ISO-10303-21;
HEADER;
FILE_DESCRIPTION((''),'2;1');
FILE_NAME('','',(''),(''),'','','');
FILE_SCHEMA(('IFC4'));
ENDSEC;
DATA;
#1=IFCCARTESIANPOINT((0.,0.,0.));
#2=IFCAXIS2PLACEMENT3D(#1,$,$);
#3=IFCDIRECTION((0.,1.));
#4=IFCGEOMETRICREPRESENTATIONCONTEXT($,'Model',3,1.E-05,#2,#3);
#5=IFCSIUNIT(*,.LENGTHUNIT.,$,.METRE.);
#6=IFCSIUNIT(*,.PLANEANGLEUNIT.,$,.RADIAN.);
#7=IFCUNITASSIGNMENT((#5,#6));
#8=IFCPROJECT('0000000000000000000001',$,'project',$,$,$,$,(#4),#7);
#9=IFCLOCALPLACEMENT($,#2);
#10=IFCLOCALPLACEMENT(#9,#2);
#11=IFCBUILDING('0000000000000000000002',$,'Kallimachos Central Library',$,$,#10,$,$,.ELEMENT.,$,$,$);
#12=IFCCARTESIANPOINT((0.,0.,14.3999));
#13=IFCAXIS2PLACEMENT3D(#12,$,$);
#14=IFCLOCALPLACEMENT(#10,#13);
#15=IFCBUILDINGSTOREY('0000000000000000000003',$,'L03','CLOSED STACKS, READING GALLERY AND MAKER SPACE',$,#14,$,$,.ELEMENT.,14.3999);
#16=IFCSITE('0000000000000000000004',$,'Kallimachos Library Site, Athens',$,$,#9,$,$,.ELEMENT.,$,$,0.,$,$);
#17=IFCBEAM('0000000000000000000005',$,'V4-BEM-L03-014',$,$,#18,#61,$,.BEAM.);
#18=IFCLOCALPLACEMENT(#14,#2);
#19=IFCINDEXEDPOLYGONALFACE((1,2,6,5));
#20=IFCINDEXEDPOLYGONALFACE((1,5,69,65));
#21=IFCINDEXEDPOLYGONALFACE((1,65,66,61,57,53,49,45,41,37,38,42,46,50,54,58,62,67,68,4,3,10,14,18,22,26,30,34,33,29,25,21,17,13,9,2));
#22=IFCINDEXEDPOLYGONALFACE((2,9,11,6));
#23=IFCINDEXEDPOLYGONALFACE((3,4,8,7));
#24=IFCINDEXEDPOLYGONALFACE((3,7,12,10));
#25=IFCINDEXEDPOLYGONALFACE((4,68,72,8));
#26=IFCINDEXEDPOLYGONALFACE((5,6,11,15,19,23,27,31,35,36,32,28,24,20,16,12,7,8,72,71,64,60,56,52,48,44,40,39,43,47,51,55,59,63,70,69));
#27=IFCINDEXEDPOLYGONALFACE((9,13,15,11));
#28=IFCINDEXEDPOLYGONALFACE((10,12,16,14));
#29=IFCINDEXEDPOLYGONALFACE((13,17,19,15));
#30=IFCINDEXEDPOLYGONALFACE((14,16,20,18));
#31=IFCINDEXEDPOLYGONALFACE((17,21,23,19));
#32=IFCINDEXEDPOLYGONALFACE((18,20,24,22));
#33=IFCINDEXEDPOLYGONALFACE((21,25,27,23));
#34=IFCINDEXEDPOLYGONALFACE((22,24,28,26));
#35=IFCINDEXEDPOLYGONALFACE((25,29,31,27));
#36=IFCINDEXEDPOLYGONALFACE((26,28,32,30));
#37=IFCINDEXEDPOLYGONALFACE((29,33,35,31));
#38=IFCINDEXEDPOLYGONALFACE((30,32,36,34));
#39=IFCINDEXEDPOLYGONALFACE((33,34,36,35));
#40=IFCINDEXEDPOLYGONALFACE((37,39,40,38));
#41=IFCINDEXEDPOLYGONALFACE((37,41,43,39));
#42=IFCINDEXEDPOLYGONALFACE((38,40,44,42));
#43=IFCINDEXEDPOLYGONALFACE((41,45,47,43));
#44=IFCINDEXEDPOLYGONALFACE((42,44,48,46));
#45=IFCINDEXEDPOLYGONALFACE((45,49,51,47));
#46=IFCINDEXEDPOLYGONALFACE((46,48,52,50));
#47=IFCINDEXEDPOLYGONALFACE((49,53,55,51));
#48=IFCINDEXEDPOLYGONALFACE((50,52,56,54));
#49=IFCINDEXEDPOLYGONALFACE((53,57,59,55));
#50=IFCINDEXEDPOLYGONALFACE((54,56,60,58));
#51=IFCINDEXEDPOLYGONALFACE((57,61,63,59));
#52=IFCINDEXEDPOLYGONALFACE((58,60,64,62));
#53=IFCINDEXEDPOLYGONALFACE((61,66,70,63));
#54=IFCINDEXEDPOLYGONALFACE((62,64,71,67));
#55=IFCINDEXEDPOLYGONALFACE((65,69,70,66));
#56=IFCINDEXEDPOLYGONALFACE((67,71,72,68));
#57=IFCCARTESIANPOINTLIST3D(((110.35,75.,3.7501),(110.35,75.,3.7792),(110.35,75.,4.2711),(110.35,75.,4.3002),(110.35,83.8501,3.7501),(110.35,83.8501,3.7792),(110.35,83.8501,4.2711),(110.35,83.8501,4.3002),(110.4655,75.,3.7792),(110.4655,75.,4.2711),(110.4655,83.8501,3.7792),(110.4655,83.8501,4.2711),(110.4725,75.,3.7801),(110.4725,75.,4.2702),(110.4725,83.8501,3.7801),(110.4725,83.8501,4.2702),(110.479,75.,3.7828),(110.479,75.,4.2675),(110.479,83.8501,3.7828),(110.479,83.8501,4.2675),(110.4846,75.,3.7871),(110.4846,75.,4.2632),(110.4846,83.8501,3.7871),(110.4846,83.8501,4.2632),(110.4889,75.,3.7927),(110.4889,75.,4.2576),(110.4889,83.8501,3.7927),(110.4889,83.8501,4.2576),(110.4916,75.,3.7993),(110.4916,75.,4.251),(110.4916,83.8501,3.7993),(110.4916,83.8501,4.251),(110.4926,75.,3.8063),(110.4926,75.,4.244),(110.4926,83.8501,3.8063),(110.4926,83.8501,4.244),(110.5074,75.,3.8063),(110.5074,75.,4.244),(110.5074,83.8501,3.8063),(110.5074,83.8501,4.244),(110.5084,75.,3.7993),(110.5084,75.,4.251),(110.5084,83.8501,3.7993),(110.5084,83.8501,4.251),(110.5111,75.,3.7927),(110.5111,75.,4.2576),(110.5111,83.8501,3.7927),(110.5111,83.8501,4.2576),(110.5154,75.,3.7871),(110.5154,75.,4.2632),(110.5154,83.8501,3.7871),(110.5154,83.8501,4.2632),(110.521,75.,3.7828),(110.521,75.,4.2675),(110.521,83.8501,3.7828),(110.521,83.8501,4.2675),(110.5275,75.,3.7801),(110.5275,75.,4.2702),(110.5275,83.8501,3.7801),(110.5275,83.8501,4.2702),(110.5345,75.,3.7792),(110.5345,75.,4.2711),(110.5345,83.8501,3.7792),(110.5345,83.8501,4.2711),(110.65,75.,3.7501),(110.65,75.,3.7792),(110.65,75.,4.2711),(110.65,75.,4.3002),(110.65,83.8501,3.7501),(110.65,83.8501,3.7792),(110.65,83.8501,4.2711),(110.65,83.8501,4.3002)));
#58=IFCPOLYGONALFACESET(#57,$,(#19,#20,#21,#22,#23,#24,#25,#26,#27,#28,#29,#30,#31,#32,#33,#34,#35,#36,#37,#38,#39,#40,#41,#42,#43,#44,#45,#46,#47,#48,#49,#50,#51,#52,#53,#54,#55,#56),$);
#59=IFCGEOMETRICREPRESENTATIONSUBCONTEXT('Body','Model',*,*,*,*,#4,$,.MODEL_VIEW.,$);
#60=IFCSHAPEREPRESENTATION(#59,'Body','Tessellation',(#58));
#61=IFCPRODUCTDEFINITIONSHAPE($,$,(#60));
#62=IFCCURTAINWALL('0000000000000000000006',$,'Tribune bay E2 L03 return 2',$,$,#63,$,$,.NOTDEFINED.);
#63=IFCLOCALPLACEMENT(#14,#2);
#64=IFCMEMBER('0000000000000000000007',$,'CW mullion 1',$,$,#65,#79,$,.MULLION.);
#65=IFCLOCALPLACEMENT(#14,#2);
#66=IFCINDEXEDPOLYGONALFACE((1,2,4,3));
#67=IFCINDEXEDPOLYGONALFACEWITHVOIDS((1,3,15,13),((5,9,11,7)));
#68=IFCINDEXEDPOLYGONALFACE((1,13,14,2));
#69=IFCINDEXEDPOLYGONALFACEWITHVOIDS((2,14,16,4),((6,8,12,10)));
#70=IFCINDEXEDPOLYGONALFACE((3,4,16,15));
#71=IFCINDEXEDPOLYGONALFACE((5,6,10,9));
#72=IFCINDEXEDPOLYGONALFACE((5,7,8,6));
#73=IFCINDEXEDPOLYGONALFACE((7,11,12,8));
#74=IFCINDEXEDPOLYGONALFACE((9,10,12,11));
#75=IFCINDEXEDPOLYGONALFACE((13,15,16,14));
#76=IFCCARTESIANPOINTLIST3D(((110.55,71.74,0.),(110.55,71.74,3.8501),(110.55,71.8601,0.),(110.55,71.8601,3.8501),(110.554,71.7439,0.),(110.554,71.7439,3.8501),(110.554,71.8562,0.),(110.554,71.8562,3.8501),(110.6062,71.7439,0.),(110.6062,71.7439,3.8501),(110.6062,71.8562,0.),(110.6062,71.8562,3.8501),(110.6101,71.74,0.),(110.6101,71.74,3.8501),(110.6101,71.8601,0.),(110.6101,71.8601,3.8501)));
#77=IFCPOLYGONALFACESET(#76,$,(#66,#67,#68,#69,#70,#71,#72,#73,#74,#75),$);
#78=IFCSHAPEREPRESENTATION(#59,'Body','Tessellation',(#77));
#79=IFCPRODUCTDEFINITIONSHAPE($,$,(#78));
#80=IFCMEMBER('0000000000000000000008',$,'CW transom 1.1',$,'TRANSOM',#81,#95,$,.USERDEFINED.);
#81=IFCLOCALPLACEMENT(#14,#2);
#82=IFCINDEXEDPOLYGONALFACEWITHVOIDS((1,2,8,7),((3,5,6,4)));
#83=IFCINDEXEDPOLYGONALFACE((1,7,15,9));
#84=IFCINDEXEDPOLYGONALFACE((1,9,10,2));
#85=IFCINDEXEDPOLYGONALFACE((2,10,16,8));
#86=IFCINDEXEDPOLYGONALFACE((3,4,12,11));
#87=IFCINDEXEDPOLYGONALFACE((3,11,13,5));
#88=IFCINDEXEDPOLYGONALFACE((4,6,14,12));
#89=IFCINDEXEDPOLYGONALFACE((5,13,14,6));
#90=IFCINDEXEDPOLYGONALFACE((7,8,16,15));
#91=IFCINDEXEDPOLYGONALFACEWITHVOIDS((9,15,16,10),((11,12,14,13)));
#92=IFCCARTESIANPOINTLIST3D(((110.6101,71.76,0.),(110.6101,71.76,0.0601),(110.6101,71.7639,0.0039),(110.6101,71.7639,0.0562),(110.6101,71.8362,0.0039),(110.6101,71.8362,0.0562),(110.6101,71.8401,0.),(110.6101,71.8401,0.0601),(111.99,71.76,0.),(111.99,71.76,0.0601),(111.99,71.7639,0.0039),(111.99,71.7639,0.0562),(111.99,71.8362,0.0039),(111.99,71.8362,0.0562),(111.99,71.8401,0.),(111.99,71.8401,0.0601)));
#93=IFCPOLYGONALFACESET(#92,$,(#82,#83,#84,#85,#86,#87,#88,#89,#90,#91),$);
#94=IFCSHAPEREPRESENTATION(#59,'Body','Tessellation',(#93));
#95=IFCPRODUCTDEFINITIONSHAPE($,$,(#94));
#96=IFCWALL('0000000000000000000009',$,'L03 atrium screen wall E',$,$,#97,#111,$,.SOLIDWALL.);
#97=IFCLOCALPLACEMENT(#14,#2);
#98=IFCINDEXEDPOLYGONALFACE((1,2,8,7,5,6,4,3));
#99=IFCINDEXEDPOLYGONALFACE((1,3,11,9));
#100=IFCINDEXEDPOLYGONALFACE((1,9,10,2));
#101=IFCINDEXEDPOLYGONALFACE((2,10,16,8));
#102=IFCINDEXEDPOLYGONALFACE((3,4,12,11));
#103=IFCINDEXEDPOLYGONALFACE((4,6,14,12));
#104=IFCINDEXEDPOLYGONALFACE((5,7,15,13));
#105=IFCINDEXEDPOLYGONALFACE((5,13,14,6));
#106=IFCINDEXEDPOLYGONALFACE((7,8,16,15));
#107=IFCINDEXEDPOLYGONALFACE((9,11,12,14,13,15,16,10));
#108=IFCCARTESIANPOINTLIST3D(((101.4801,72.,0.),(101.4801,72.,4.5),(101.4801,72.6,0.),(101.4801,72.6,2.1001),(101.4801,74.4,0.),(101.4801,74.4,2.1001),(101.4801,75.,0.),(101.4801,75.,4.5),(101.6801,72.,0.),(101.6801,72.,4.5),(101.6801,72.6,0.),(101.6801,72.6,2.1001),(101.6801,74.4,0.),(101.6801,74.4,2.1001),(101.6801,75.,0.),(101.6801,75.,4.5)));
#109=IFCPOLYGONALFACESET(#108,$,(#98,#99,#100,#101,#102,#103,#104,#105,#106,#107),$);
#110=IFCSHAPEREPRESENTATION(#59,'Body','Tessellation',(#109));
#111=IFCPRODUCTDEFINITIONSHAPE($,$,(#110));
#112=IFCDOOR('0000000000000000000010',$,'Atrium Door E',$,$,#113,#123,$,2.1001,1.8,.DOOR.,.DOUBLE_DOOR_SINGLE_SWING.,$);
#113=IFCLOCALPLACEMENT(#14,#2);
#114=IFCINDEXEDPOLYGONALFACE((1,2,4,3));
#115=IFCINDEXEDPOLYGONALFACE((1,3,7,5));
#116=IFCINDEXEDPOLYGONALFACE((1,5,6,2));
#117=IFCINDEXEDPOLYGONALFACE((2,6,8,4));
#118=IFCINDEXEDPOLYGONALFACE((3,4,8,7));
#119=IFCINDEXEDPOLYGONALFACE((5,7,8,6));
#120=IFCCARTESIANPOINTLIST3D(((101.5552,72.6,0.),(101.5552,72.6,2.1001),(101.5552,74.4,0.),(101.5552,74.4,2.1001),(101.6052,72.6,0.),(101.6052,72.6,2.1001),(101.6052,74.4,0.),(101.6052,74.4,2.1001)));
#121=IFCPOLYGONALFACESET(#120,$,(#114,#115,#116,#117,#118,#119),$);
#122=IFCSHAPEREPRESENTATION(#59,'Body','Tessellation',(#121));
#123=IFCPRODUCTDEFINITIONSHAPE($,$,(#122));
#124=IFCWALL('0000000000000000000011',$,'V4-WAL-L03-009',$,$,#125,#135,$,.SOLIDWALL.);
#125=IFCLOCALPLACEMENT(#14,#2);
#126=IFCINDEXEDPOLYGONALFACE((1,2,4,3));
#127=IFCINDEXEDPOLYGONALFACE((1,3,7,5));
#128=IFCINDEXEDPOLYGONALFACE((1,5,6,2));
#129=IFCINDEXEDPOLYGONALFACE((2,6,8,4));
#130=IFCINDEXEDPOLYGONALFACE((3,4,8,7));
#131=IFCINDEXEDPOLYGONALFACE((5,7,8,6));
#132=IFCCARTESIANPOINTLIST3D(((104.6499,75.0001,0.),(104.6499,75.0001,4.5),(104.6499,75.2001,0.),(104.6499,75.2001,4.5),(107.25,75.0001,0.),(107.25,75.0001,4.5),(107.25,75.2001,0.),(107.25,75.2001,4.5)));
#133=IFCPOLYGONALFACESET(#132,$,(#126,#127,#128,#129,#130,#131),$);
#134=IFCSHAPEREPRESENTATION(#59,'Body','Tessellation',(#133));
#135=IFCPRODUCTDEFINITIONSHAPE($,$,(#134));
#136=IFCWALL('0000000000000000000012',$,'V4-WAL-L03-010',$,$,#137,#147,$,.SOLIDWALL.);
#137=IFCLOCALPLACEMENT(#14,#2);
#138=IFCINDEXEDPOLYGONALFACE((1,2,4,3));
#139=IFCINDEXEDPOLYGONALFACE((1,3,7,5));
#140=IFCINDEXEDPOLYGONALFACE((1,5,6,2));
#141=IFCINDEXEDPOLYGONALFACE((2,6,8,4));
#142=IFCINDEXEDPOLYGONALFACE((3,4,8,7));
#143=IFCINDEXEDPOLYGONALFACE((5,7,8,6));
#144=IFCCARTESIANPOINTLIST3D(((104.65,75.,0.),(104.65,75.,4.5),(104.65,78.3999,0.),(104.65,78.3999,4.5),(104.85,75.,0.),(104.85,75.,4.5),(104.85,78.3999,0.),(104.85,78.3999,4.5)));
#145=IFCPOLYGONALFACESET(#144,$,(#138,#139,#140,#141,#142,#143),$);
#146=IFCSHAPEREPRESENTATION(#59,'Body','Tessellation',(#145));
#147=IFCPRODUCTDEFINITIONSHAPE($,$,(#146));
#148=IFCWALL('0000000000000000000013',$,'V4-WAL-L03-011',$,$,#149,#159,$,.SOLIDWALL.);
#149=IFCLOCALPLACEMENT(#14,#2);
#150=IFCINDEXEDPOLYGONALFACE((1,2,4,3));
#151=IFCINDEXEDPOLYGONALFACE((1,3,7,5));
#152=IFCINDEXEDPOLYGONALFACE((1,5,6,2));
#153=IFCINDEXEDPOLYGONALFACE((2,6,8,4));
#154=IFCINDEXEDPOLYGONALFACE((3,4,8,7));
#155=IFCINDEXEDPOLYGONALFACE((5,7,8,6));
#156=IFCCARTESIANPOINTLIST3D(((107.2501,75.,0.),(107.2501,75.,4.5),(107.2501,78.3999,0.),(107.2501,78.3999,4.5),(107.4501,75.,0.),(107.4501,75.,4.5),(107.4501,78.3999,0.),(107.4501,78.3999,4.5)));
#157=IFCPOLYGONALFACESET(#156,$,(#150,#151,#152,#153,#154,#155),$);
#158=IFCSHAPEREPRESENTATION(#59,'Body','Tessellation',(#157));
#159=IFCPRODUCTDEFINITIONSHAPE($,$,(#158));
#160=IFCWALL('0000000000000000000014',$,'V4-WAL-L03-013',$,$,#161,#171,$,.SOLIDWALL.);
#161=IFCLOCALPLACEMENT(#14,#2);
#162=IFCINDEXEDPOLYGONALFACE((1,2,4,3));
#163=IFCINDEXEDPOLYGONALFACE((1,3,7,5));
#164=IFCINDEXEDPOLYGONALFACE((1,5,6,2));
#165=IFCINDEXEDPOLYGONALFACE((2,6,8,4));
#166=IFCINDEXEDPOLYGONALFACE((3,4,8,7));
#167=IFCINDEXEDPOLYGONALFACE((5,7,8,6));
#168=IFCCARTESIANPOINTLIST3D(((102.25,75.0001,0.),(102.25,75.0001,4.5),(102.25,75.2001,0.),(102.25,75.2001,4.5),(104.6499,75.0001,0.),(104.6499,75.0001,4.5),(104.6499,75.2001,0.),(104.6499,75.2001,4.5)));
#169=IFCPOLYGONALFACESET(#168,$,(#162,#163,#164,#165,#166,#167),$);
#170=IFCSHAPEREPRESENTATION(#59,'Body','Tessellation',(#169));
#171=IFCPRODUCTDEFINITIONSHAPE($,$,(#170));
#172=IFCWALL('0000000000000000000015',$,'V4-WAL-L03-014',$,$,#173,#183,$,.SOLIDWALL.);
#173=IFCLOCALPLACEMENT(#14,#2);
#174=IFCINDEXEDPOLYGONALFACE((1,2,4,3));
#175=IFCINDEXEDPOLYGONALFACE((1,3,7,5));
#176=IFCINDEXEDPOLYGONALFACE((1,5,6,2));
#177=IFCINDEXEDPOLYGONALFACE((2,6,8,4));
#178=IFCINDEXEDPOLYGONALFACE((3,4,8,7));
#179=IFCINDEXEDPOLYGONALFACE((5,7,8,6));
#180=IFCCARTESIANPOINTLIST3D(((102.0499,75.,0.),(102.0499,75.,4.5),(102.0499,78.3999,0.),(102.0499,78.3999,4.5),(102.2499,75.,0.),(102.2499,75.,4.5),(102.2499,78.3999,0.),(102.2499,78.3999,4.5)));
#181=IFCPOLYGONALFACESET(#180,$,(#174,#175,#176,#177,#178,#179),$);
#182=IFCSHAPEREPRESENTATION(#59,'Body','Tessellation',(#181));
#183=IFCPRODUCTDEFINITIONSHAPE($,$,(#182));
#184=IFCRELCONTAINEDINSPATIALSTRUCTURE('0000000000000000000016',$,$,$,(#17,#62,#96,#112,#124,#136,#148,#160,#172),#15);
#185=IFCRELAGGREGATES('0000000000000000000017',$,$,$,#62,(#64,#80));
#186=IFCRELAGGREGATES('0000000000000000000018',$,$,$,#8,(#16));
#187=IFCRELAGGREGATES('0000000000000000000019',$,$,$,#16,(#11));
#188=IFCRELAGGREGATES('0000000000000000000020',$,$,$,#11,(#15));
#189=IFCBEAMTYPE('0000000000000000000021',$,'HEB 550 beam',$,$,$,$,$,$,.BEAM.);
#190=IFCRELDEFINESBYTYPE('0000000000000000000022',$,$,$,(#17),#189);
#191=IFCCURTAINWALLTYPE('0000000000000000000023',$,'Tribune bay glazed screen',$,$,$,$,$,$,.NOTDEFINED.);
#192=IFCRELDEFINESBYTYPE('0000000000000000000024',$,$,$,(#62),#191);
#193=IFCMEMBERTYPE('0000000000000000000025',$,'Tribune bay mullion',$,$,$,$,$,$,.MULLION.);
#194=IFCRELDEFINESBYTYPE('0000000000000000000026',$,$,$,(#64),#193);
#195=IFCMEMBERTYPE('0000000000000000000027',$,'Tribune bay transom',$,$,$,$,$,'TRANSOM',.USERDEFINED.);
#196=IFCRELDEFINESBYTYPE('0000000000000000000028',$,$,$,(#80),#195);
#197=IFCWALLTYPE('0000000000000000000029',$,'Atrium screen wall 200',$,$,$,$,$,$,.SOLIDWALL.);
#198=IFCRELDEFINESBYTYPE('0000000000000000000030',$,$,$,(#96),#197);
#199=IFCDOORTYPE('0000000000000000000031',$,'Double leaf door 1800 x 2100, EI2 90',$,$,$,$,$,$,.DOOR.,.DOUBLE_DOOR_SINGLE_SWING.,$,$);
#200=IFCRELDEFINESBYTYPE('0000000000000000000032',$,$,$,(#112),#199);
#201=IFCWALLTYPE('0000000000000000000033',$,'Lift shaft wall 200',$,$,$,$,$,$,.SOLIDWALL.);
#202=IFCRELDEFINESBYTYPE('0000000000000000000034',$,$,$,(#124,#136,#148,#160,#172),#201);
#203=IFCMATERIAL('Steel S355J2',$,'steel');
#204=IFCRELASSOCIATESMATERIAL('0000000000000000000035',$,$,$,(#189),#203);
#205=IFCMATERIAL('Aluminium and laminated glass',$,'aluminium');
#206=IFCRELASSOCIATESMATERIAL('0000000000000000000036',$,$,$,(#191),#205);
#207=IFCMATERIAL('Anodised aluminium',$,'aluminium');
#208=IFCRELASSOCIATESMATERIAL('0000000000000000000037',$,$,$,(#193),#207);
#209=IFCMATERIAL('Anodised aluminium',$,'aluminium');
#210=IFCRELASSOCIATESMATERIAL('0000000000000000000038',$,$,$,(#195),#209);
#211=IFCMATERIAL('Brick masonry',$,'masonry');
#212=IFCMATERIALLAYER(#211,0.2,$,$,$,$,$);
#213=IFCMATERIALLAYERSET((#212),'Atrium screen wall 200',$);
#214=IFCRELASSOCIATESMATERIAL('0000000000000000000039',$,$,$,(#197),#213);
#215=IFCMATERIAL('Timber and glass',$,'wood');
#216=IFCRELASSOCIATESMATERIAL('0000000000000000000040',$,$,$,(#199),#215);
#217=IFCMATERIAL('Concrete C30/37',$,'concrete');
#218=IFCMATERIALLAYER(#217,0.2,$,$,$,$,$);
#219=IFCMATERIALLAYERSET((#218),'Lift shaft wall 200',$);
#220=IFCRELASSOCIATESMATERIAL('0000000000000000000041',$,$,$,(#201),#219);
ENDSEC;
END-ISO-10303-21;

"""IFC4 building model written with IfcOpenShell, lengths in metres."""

from ifc_helpers import new_model, si_unit, direction, frame, frame_2d, origin, origin_2d, place, context, subcontext, project, spatial, rectangle, hollow_rectangle, i_section, extrude, material, layer, layer_set, material_profile, profile_set, type_object, element, fill, aggregate, save


model = new_model("IFC4")

# Units and contexts
model_context = context("Model", 3, precision=1e-05, world=origin(), true_north=direction((0.0, 1.0)))
body_context = subcontext(model_context, "Body", "Model", "MODEL_VIEW")
ifc_project = project(units=[si_unit("LENGTHUNIT", "METRE"), si_unit("PLANEANGLEUNIT", "RADIAN")], contexts=[model_context])

# Site, building, storey
site_placement = place(None, origin())
site = spatial("IfcSite", under=ifc_project, at=site_placement, Name="Kallimachos Library Site, Athens", CompositionType="ELEMENT", RefElevation=0.0)
building_placement = place(site_placement, origin())
building = spatial("IfcBuilding", under=site, at=building_placement, Name="Kallimachos Central Library", CompositionType="ELEMENT")
storey_placement = place(building_placement, frame((0.0, 0.0, 14.3999)))
storey = spatial("IfcBuildingStorey", under=building, at=storey_placement, Name="L03", Description="CLOSED STACKS, READING GALLERY AND MAKER SPACE", CompositionType="ELEMENT", Elevation=14.3999)

# Beam
ifc_material_1 = material(Name="Steel S355J2", Category="steel")
ifc_material_profile_1 = material_profile(ifc_material_1, i_section(OverallWidth=0.3, OverallDepth=0.55, WebThickness=0.0149, FlangeThickness=0.0291, FilletRadius=0.0271, at=origin_2d()), Name="HEB 550")
ifc_profile_set_1 = profile_set([ifc_material_profile_1], Name="Steel S355J2")
beam_type = type_object("IfcBeamType", Name="HEB 550 beam", PredefinedType="BEAM", material=ifc_profile_set_1)
for number, where, z_axis, x_axis, name in (
    (1, (110.5, 75.0, 4.0251), (0.0, 1.0, 0.0), (-1.0, 0.0, 0.0), "V4-BEM-L03-014"),
):
    element("IfcBeam", number, at=place(storey_placement, frame(where, z_axis=z_axis, x_axis=x_axis)), inside=storey, type_object=beam_type, Name=name, PredefinedType="BEAM", context=body_context, shape_type="SweptSolid", body=[
        extrude(i_section(OverallWidth=0.3, OverallDepth=0.55, WebThickness=0.0149, FlangeThickness=0.0291, FilletRadius=0.0271, at=origin_2d()), origin(), (0.0, 0.0, 1.0), 8.8501),
    ])

# Curtain wall, members
ifc_material_2 = material(Name="Aluminium and laminated glass", Category="aluminium")
curtain_wall_type_1 = type_object("IfcCurtainWallType", Name="Tribune bay glazed screen", PredefinedType="NOTDEFINED", material=ifc_material_2)
curtain_wall_1_placement = place(storey_placement, origin())
curtain_wall_1 = element("IfcCurtainWall", 2, at=curtain_wall_1_placement, inside=storey, type_object=curtain_wall_type_1, Name="Tribune bay E2 L03 return 2", PredefinedType="NOTDEFINED")
ifc_material_3 = material(Name="Anodised aluminium", Category="aluminium")
ifc_material_profile_2 = material_profile(ifc_material_3, hollow_rectangle(XDim=0.0601, YDim=0.1201, WallThickness=0.0039, at=origin_2d()), Name="ALU MULLION 60x120")
ifc_profile_set_2 = profile_set([ifc_material_profile_2], Name="Anodised aluminium")
member_type_1 = type_object("IfcMemberType", Name="Tribune bay mullion", PredefinedType="MULLION", material=ifc_profile_set_2)
member_1_placement = place(storey_placement, frame((110.5801, 71.8, 0.0), z_axis=(0.0, 0.0, 1.0), x_axis=(1.0, 0.0, 0.0)))
member_1 = element("IfcMember", 3, at=member_1_placement, type_object=member_type_1, Name="CW mullion 1", PredefinedType="MULLION", context=body_context, shape_type="SweptSolid", body=[
    extrude(hollow_rectangle(XDim=0.0601, YDim=0.1201, WallThickness=0.0039, at=origin_2d()), origin(), (0.0, 0.0, 1.0), 3.8501),
])
ifc_material_4 = material(Name="Anodised aluminium", Category="aluminium")
ifc_material_profile_3 = material_profile(ifc_material_4, hollow_rectangle(XDim=0.0601, YDim=0.0801, WallThickness=0.0039, at=origin_2d()), Name="ALU TRANSOM 60x80")
ifc_profile_set_3 = profile_set([ifc_material_profile_3], Name="Anodised aluminium")
member_type_2 = type_object("IfcMemberType", Name="Tribune bay transom", ElementType="TRANSOM", PredefinedType="USERDEFINED", material=ifc_profile_set_3)
member_2_placement = place(storey_placement, frame((110.6101, 71.8, 0.03), z_axis=(1.0, 0.0, 0.0), x_axis=(0.0, 0.0, 1.0)))
member_2 = element("IfcMember", 4, at=member_2_placement, type_object=member_type_2, Name="CW transom 1.1", ObjectType="TRANSOM", PredefinedType="USERDEFINED", context=body_context, shape_type="SweptSolid", body=[
    extrude(hollow_rectangle(XDim=0.0601, YDim=0.0801, WallThickness=0.0039, at=origin_2d()), origin(), (0.0, 0.0, 1.0), 1.3799),
])
aggregate(curtain_wall_1, [member_1, member_2])

# Wall, opening, door
ifc_material_5 = material(Name="Brick masonry", Category="masonry")
ifc_layer_1 = layer(ifc_material_5, 0.2)
ifc_layer_set_1 = layer_set([ifc_layer_1], Name="Atrium screen wall 200")
wall_type_1 = type_object("IfcWallType", Name="Atrium screen wall 200", PredefinedType="SOLIDWALL", material=ifc_layer_set_1)
wall_1_placement = place(storey_placement, frame((101.5801, 72.0, 0.0), z_axis=(0.0, 0.0, 1.0), x_axis=(0.0, 1.0, 0.0)))
wall_1 = element("IfcWall", 5, at=wall_1_placement, inside=storey, type_object=wall_type_1, Name="L03 atrium screen wall E", PredefinedType="SOLIDWALL", context=body_context, shape_type="SweptSolid", body=[
    extrude(rectangle(XDim=3.0, YDim=0.2, at=frame_2d((1.5, 0.0))), origin(), (0.0, 0.0, 1.0), 4.5),
])
opening_1_placement = place(wall_1_placement, frame((0.6001, 0.0, 0.0)))
opening_1 = element("IfcOpeningElement", 6, at=opening_1_placement, cuts=wall_1, PredefinedType="OPENING", context=body_context, shape_type="SweptSolid", body=[
    extrude(rectangle(XDim=1.8, YDim=2.1001, at=frame_2d((0.8999, 1.05))), frame((0.0, 0.1099, 0.0), z_axis=(0.0, -1.0, 0.0), x_axis=(1.0, 0.0, 0.0)), (0.0, 0.0, 1.0), 0.22),
])
ifc_material_6 = material(Name="Timber and glass", Category="wood")
door_type = type_object("IfcDoorType", Name="Double leaf door 1800 x 2100, EI2 90", OperationType="DOUBLE_DOOR_SINGLE_SWING", PredefinedType="DOOR", material=ifc_material_6)
door_1_placement = place(opening_1_placement, origin())
door_1 = element("IfcDoor", 7, at=door_1_placement, inside=storey, type_object=door_type, Name="Atrium Door E", OperationType="DOUBLE_DOOR_SINGLE_SWING", OverallHeight=2.1001, OverallWidth=1.8, PredefinedType="DOOR", context=body_context, shape_type="SweptSolid", body=[
    extrude(rectangle(XDim=1.8, YDim=2.1001, at=frame_2d((0.8999, 1.05))), frame((0.0, 0.0249, 0.0), z_axis=(0.0, -1.0, 0.0), x_axis=(1.0, 0.0, 0.0)), (0.0, 0.0, 1.0), 0.05),
])
fill(opening_1, door_1)

# Walls
ifc_material_7 = material(Name="Concrete C30/37", Category="concrete")
ifc_layer_2 = layer(ifc_material_7, 0.2)
ifc_layer_set_2 = layer_set([ifc_layer_2], Name="Lift shaft wall 200")
wall_type_2 = type_object("IfcWallType", Name="Lift shaft wall 200", PredefinedType="SOLIDWALL", material=ifc_layer_set_2)
wall_2_placement = place(storey_placement, frame((104.6499, 75.1001, 0.0), z_axis=(0.0, 0.0, 1.0), x_axis=(1.0, 0.0, 0.0)))
element("IfcWall", 8, at=wall_2_placement, inside=storey, type_object=wall_type_2, Name="V4-WAL-L03-009", PredefinedType="SOLIDWALL", context=body_context, shape_type="SweptSolid", body=[
    extrude(rectangle(XDim=2.6001, YDim=0.2, at=frame_2d((1.3, 0.0))), origin(), (0.0, 0.0, 1.0), 4.5),
])
for number, where, z_axis, x_axis, name in (
    (9, (104.75, 75.0, 0.0), (0.0, 0.0, 1.0), (0.0, 1.0, 0.0), "V4-WAL-L03-010"),
    (10, (107.3501, 75.0, 0.0), (0.0, 0.0, 1.0), (0.0, 1.0, 0.0), "V4-WAL-L03-011"),
):
    element("IfcWall", number, at=place(storey_placement, frame(where, z_axis=z_axis, x_axis=x_axis)), inside=storey, type_object=wall_type_2, Name=name, PredefinedType="SOLIDWALL", context=body_context, shape_type="SweptSolid", body=[
        extrude(rectangle(XDim=3.3999, YDim=0.2, at=frame_2d((1.7, 0.0))), origin(), (0.0, 0.0, 1.0), 4.5),
    ])
wall_3_placement = place(storey_placement, frame((102.25, 75.1001, 0.0), z_axis=(0.0, 0.0, 1.0), x_axis=(1.0, 0.0, 0.0)))
element("IfcWall", 11, at=wall_3_placement, inside=storey, type_object=wall_type_2, Name="V4-WAL-L03-013", PredefinedType="SOLIDWALL", context=body_context, shape_type="SweptSolid", body=[
    extrude(rectangle(XDim=2.3999, YDim=0.2, at=frame_2d((1.2, 0.0))), origin(), (0.0, 0.0, 1.0), 4.5),
])
wall_4_placement = place(storey_placement, frame((102.1499, 75.0, 0.0), z_axis=(0.0, 0.0, 1.0), x_axis=(0.0, 1.0, 0.0)))
element("IfcWall", 12, at=wall_4_placement, inside=storey, type_object=wall_type_2, Name="V4-WAL-L03-014", PredefinedType="SOLIDWALL", context=body_context, shape_type="SweptSolid", body=[
    extrude(rectangle(XDim=3.3999, YDim=0.2, at=frame_2d((1.7, 0.0))), origin(), (0.0, 0.0, 1.0), 4.5),
])

save(model, "model.ifc")
